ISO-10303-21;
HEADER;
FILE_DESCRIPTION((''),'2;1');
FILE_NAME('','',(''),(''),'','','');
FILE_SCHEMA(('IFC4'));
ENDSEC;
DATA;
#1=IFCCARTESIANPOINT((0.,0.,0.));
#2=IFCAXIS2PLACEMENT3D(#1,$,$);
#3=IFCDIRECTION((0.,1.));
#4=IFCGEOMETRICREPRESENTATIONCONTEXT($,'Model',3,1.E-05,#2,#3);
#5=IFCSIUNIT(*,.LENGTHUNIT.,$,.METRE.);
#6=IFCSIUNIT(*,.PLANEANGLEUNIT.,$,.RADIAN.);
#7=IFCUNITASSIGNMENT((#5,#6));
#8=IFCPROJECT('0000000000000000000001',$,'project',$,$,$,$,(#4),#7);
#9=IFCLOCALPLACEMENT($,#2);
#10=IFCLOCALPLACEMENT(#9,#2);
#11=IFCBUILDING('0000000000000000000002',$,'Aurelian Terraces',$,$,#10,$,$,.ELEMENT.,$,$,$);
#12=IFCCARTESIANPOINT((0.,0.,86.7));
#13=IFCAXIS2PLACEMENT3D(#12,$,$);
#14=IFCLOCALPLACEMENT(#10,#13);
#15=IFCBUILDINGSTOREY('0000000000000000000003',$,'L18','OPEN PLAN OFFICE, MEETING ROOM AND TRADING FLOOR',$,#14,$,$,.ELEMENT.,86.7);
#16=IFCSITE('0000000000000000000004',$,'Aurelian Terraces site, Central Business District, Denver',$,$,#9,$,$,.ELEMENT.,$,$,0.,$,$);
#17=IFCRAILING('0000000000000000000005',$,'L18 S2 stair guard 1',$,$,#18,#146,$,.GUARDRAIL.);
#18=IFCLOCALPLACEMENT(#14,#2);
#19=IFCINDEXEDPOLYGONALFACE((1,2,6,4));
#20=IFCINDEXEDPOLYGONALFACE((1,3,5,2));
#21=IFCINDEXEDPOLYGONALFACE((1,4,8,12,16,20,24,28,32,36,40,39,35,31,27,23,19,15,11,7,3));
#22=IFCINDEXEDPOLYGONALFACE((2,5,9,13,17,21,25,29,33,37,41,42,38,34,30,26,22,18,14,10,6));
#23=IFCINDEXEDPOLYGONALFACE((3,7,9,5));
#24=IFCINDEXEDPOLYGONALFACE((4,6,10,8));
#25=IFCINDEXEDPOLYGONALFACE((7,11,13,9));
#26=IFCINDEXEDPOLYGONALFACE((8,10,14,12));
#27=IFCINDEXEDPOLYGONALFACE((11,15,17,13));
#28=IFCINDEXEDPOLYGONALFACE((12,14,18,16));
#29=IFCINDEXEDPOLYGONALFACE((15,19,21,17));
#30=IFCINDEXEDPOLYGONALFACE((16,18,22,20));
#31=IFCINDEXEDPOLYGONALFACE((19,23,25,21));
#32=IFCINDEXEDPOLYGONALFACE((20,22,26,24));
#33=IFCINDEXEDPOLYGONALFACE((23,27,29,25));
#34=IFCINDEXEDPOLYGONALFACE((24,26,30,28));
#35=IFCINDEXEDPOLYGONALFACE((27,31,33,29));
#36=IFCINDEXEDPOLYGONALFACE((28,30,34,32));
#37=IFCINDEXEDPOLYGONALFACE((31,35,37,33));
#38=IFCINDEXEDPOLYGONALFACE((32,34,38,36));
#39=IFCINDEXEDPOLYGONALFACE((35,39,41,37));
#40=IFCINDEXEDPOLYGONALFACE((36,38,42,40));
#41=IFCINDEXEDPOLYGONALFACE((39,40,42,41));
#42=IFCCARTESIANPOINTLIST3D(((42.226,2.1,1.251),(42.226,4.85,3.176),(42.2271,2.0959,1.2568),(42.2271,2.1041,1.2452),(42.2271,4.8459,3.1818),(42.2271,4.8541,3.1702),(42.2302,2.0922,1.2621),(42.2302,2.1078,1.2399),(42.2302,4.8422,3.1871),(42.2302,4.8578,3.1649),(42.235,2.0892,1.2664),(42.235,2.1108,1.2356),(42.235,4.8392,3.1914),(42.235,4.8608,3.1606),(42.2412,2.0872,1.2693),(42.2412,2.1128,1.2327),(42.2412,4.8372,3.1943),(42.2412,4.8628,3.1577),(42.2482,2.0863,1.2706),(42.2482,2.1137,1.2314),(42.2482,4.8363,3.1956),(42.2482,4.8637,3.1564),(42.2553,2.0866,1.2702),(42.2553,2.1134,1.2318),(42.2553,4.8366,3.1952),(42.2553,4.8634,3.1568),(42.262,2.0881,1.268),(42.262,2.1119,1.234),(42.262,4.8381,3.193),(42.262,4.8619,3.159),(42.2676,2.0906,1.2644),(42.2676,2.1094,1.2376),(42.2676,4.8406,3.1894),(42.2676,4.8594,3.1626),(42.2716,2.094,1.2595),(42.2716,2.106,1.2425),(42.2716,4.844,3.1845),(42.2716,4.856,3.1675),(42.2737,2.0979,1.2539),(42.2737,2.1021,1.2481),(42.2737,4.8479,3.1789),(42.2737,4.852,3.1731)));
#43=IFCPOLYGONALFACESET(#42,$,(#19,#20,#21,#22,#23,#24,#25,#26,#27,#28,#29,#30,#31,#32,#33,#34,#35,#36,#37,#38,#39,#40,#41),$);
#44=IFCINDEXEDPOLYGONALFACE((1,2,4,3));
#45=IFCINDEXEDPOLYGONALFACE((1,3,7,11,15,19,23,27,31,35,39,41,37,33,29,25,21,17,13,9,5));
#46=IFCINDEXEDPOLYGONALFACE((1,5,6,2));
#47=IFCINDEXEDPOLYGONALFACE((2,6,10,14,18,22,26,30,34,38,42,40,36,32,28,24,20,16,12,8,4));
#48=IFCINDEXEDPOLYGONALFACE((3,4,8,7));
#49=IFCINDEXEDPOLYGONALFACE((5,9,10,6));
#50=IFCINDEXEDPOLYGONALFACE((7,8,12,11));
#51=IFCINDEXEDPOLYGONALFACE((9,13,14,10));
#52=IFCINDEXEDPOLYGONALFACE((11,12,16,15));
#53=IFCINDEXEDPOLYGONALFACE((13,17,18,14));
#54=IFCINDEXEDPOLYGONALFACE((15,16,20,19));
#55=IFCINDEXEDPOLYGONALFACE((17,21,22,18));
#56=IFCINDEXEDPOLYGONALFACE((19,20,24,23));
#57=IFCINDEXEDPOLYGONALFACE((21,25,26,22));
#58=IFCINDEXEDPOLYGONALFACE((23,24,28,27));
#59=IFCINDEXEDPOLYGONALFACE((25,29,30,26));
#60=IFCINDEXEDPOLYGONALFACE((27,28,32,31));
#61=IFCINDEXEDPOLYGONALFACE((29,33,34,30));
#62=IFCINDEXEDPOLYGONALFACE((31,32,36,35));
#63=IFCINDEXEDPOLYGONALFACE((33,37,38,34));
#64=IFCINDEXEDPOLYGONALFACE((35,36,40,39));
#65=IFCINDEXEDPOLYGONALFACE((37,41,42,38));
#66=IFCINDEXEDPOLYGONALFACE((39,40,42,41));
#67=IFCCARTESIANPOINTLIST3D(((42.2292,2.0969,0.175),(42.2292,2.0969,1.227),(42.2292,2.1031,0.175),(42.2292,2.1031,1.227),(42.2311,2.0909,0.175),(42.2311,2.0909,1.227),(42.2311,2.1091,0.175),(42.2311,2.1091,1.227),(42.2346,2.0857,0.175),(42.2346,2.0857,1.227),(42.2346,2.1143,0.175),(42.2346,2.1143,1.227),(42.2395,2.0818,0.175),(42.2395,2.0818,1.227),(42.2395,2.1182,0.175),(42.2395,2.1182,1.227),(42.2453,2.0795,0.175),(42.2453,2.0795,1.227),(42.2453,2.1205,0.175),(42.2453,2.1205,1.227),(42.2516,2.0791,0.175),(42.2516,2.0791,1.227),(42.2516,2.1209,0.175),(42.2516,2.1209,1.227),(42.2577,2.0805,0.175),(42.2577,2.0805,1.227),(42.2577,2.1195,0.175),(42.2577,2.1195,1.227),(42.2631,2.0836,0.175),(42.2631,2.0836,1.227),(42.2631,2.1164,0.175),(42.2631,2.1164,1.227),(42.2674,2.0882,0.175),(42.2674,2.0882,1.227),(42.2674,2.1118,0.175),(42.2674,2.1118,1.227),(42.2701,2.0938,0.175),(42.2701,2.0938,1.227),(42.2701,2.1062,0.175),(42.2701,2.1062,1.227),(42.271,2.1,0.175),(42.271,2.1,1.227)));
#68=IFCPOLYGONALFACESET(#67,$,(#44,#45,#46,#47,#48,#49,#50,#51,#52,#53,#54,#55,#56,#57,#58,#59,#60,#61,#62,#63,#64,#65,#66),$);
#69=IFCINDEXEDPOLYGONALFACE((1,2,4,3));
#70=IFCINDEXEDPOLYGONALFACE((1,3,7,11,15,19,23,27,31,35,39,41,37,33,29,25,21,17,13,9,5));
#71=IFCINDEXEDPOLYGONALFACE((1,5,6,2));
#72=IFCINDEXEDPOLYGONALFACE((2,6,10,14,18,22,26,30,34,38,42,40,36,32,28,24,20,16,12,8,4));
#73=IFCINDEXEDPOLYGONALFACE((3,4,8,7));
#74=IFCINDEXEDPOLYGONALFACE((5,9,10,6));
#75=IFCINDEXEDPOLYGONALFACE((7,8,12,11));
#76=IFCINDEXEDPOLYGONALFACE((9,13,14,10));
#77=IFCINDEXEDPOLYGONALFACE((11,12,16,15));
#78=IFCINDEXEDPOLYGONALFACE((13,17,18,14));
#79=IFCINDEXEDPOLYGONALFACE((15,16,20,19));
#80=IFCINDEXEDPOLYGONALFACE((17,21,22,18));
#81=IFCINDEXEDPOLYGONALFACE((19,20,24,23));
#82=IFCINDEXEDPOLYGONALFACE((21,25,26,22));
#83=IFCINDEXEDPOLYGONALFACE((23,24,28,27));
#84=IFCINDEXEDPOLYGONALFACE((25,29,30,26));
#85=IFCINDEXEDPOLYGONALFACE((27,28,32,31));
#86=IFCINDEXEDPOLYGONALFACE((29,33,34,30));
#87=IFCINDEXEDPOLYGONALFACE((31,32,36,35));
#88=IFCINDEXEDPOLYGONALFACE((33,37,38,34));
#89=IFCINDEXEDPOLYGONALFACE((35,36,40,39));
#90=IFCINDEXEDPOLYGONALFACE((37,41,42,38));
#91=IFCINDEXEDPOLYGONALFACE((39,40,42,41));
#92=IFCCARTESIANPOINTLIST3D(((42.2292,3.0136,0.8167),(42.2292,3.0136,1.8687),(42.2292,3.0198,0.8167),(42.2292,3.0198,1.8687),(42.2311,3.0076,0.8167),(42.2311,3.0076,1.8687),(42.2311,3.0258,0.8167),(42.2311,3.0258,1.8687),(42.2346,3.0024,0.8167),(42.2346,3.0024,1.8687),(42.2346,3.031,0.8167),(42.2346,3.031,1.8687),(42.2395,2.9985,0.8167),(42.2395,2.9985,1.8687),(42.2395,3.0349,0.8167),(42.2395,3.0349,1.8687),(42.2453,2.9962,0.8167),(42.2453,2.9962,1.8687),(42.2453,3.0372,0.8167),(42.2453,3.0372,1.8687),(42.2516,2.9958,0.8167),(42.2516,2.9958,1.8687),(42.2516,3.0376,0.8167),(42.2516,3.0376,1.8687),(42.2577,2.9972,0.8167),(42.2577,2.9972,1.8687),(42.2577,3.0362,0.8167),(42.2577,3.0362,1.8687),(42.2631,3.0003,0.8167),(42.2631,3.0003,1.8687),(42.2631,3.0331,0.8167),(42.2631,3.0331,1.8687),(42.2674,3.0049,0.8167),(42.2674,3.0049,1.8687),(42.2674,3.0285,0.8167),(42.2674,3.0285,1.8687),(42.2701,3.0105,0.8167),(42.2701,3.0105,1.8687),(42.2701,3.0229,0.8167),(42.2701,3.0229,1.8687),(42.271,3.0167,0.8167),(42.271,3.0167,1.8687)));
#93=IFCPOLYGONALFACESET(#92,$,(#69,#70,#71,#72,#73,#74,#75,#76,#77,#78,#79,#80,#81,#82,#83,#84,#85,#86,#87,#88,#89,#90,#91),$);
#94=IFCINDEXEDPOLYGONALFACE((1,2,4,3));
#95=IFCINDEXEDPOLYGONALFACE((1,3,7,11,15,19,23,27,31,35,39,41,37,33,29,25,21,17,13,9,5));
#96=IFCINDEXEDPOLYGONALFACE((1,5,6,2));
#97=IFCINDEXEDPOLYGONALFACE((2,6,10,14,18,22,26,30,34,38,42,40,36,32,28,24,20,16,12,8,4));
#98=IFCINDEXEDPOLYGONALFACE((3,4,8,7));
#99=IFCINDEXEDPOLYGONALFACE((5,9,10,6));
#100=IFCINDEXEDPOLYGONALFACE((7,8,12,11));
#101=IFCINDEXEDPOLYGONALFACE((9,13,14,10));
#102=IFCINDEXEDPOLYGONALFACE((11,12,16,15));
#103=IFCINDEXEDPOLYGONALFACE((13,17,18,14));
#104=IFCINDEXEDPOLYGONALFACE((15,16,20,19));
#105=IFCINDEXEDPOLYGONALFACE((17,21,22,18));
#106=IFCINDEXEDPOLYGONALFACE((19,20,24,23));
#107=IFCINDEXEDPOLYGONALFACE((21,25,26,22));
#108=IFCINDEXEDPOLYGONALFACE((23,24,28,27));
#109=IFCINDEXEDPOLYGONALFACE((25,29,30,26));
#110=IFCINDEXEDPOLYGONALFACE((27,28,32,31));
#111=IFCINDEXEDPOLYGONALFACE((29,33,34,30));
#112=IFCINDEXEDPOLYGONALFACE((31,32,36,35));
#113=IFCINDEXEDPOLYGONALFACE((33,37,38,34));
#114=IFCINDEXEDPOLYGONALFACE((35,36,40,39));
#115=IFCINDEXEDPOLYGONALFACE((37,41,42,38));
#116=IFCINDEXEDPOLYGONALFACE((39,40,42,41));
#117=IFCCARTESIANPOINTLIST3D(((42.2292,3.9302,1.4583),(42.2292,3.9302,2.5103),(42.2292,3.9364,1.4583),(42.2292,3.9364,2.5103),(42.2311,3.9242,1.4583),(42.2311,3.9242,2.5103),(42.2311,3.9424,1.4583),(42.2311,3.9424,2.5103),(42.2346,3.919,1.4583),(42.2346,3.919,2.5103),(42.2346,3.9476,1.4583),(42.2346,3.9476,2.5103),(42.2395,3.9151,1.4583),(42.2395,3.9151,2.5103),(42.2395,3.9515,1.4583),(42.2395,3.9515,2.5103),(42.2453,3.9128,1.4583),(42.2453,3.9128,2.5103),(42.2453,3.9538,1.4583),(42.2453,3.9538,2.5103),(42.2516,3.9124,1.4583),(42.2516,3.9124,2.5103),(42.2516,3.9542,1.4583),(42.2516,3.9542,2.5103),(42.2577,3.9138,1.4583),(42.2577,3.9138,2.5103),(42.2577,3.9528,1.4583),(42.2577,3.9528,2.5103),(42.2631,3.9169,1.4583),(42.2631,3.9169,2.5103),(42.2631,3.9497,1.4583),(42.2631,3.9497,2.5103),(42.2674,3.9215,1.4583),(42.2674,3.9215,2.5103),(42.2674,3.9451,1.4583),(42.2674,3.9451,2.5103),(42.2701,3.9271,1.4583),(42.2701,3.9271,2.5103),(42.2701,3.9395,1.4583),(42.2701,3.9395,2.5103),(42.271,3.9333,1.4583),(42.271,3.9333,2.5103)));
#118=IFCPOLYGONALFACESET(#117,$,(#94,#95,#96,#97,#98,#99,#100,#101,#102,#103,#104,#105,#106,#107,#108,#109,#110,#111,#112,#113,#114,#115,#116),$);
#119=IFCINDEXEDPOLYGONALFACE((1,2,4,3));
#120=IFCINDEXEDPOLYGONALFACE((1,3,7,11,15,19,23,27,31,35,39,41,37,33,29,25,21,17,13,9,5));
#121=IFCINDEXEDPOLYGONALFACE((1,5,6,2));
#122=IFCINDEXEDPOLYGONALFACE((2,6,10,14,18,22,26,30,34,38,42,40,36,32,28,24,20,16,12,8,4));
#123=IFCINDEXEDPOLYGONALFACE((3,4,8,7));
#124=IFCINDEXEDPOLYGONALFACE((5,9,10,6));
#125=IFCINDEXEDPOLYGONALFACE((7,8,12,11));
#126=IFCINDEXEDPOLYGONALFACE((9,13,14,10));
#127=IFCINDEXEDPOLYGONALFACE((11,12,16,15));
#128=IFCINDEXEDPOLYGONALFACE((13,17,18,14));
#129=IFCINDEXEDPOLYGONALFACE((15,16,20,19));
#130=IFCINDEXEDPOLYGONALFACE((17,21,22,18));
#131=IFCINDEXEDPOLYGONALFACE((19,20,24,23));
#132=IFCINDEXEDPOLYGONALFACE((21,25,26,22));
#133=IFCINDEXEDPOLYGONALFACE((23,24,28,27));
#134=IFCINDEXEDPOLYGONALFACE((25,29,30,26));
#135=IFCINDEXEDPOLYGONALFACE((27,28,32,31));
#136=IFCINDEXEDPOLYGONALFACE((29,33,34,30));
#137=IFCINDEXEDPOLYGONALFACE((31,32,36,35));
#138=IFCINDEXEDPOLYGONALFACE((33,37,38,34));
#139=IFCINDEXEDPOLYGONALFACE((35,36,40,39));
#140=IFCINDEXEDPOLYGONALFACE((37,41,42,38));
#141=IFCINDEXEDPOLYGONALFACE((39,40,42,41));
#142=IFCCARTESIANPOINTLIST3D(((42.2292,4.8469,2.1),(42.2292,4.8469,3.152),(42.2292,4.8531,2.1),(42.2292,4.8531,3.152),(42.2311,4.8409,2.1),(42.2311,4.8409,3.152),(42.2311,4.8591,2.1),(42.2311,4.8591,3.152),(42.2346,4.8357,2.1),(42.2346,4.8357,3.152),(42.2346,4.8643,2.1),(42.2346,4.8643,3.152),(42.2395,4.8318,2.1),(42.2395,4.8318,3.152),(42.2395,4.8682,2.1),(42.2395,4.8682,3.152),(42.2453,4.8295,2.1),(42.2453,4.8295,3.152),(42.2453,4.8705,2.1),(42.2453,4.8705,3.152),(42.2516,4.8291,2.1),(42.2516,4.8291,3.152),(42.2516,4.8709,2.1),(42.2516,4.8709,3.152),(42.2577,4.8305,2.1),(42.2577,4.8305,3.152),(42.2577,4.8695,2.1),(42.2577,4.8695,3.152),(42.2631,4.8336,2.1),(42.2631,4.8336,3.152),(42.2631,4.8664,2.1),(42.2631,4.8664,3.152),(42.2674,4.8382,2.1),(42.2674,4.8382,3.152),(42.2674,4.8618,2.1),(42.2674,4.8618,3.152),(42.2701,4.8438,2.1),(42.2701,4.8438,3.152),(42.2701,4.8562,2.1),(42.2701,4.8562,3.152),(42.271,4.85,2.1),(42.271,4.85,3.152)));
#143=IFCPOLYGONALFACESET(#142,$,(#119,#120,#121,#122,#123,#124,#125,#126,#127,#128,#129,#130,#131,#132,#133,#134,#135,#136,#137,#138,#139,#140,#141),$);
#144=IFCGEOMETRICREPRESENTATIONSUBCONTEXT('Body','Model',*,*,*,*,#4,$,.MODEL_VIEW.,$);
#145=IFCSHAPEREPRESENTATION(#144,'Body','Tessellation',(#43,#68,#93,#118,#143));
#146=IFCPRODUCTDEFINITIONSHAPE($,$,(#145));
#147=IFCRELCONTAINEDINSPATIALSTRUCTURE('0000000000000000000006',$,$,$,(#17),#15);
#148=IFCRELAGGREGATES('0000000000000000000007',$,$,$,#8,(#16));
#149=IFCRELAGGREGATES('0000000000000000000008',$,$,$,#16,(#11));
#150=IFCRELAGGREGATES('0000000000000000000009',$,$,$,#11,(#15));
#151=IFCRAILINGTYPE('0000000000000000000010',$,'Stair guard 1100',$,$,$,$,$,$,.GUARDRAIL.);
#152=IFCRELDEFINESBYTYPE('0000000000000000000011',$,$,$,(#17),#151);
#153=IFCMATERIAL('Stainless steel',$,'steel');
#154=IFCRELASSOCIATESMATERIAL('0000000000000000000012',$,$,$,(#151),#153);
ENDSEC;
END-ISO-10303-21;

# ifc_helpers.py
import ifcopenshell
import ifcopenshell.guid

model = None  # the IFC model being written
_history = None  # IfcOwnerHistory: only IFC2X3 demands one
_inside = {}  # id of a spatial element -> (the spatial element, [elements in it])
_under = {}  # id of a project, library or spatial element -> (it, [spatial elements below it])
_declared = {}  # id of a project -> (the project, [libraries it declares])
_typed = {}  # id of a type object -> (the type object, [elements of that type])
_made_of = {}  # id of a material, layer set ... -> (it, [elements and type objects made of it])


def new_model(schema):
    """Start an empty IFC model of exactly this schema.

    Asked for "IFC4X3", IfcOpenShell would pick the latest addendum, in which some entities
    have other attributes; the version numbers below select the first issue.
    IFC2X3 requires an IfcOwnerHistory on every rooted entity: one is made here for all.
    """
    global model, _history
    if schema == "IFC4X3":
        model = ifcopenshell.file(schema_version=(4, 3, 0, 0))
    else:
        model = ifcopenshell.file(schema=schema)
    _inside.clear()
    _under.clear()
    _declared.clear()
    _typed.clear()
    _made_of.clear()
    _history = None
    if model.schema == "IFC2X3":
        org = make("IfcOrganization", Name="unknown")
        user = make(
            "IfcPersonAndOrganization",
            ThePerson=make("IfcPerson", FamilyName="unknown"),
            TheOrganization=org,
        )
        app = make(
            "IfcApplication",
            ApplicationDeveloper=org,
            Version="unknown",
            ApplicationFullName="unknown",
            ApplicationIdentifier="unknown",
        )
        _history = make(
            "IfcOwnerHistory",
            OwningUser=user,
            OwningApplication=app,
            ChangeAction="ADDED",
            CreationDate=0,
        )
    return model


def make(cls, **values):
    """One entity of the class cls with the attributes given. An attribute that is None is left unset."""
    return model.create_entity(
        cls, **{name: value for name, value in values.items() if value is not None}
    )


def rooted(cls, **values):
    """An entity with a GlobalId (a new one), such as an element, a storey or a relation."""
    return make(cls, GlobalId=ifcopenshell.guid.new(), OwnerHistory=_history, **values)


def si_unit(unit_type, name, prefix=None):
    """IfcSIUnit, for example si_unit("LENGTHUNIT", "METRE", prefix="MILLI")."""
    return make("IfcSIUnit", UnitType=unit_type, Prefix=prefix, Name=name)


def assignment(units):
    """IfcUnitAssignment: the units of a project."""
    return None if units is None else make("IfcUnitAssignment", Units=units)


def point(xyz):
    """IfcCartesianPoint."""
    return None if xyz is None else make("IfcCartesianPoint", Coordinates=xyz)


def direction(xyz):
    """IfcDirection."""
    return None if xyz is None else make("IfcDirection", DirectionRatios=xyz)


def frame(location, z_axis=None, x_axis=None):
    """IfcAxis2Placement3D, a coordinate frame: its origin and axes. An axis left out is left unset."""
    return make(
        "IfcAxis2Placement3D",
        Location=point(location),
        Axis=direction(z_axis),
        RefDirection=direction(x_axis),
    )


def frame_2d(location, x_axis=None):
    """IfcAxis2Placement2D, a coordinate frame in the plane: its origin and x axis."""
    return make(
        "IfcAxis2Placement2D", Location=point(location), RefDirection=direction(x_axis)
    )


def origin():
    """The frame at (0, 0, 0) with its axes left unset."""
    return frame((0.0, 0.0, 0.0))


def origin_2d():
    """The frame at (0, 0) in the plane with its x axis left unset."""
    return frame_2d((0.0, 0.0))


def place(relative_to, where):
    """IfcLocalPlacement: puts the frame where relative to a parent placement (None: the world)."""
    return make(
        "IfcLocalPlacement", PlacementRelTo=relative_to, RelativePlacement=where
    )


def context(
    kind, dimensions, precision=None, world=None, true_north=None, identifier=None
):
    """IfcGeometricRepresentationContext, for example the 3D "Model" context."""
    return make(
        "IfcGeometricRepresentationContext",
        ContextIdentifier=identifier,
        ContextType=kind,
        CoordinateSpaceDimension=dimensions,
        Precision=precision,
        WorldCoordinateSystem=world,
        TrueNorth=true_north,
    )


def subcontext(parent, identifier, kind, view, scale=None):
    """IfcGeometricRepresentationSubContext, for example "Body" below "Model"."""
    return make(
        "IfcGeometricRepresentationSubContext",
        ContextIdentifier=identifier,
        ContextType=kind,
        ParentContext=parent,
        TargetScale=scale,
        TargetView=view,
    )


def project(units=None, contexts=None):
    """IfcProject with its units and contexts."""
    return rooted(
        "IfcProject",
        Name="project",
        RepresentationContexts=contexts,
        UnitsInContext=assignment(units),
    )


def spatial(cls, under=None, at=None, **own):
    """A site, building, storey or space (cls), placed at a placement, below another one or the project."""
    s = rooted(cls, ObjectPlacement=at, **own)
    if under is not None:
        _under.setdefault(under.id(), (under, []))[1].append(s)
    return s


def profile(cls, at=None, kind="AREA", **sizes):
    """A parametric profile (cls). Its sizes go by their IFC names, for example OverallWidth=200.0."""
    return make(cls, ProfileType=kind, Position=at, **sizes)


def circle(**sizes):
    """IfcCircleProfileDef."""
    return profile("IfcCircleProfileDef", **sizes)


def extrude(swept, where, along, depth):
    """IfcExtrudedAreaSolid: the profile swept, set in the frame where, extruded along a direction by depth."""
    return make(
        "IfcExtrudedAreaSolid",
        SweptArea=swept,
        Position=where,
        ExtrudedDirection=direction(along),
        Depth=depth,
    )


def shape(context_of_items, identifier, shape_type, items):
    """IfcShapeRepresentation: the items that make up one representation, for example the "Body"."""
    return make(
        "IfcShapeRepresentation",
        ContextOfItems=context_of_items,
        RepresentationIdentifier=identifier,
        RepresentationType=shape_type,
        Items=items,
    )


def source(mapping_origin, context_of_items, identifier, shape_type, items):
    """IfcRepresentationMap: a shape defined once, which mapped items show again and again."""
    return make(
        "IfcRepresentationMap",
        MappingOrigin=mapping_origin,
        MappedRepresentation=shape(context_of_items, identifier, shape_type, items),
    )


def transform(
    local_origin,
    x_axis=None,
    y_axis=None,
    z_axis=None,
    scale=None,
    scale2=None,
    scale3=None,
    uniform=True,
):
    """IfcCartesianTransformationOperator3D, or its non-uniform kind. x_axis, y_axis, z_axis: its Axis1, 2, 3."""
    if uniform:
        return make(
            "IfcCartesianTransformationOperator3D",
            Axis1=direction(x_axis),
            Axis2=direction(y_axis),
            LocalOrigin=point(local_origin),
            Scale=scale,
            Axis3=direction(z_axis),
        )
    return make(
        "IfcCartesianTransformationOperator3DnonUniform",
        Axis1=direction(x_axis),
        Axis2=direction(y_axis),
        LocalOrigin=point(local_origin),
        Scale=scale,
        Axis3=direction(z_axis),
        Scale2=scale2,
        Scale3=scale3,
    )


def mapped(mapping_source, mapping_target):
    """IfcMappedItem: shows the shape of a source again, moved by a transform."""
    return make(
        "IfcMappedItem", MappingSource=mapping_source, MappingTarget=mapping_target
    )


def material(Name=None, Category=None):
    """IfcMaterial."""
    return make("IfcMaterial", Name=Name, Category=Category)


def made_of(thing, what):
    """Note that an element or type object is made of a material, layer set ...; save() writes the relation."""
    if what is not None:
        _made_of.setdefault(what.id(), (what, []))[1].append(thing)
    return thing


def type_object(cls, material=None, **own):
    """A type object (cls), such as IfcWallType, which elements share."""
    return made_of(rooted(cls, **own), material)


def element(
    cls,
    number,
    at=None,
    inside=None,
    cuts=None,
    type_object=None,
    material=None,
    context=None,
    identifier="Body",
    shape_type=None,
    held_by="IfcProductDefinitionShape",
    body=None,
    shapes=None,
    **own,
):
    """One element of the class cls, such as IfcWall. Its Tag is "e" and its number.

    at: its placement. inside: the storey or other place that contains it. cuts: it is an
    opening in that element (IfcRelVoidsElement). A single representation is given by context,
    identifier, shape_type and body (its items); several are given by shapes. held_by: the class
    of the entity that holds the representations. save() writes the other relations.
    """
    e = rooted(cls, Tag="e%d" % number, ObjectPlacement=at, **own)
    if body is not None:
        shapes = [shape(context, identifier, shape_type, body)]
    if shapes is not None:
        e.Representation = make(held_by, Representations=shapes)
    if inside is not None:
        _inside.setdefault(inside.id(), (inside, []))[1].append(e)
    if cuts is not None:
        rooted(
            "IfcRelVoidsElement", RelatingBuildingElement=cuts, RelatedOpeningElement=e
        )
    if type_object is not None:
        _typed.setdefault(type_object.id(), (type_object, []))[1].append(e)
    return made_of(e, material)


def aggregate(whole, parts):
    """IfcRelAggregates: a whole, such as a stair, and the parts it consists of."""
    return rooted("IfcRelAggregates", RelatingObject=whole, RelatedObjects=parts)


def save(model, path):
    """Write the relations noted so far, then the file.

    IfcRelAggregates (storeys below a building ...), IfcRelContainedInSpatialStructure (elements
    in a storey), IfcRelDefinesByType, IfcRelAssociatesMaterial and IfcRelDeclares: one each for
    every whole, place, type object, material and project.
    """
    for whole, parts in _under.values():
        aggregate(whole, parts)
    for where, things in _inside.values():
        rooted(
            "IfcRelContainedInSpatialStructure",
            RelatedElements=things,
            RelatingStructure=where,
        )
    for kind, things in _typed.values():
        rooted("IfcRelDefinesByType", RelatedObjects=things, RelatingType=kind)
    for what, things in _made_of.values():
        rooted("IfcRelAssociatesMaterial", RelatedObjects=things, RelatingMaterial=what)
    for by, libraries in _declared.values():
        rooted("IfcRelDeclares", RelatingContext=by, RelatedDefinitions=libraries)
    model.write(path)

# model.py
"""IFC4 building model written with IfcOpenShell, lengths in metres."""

from ifc_helpers import new_model, si_unit, direction, frame, origin, origin_2d, place, context, subcontext, project, spatial, circle, extrude, source, transform, mapped, material, type_object, element, save


model = new_model("IFC4")

# Units and contexts
model_context = context("Model", 3, precision=1e-05, world=origin(), true_north=direction((0.0, 1.0)))
body_context = subcontext(model_context, "Body", "Model", "MODEL_VIEW")
ifc_project = project(units=[si_unit("LENGTHUNIT", "METRE"), si_unit("PLANEANGLEUNIT", "RADIAN")], contexts=[model_context])

# Site, building, storey
site_placement = place(None, origin())
site = spatial("IfcSite", under=ifc_project, at=site_placement, Name="Aurelian Terraces site, Central Business District, Denver", CompositionType="ELEMENT", RefElevation=0.0)
building_placement = place(site_placement, origin())
building = spatial("IfcBuilding", under=site, at=building_placement, Name="Aurelian Terraces", CompositionType="ELEMENT")
storey_placement = place(building_placement, frame((0.0, 0.0, 86.7)))
storey = spatial("IfcBuildingStorey", under=building, at=storey_placement, Name="L18", Description="OPEN PLAN OFFICE, MEETING ROOM AND TRADING FLOOR", CompositionType="ELEMENT", Elevation=86.7)

# Railing
ifc_material_1 = material(Name="Stainless steel", Category="steel")
railing_type_1 = type_object("IfcRailingType", Name="Stair guard 1100", PredefinedType="GUARDRAIL", material=ifc_material_1)
shared_shape_1 = source(origin(), body_context, "Body", "SweptSolid", [
    extrude(circle(Radius=0.024, at=origin_2d()), frame((0.0, 0.0, 1.076), z_axis=(0.0, 0.819232, 0.573462), x_axis=(-1.0, 0.0, 0.0)), (0.0, 0.0, 1.0), 3.3568),
    extrude(circle(Radius=0.021, at=origin_2d()), origin(), (0.0, 0.0, 1.0), 1.052),
    extrude(circle(Radius=0.021, at=origin_2d()), frame((0.0, 0.9167, 0.6417)), (0.0, 0.0, 1.0), 1.052),
    extrude(circle(Radius=0.021, at=origin_2d()), frame((0.0, 1.8333, 1.2833)), (0.0, 0.0, 1.0), 1.052),
    extrude(circle(Radius=0.021, at=origin_2d()), frame((0.0, 2.75, 1.925)), (0.0, 0.0, 1.0), 1.052),
])
railing_1_placement = place(storey_placement, frame((42.25, 2.1, 0.175)))
element("IfcRailing", 1, at=railing_1_placement, inside=storey, type_object=railing_type_1, Name="L18 S2 stair guard 1", PredefinedType="GUARDRAIL", context=body_context, shape_type="MappedRepresentation", body=[
    mapped(shared_shape_1, transform((0.0, 0.0, 0.0), scale=1.0)),
])

save(model, "model.ifc")
